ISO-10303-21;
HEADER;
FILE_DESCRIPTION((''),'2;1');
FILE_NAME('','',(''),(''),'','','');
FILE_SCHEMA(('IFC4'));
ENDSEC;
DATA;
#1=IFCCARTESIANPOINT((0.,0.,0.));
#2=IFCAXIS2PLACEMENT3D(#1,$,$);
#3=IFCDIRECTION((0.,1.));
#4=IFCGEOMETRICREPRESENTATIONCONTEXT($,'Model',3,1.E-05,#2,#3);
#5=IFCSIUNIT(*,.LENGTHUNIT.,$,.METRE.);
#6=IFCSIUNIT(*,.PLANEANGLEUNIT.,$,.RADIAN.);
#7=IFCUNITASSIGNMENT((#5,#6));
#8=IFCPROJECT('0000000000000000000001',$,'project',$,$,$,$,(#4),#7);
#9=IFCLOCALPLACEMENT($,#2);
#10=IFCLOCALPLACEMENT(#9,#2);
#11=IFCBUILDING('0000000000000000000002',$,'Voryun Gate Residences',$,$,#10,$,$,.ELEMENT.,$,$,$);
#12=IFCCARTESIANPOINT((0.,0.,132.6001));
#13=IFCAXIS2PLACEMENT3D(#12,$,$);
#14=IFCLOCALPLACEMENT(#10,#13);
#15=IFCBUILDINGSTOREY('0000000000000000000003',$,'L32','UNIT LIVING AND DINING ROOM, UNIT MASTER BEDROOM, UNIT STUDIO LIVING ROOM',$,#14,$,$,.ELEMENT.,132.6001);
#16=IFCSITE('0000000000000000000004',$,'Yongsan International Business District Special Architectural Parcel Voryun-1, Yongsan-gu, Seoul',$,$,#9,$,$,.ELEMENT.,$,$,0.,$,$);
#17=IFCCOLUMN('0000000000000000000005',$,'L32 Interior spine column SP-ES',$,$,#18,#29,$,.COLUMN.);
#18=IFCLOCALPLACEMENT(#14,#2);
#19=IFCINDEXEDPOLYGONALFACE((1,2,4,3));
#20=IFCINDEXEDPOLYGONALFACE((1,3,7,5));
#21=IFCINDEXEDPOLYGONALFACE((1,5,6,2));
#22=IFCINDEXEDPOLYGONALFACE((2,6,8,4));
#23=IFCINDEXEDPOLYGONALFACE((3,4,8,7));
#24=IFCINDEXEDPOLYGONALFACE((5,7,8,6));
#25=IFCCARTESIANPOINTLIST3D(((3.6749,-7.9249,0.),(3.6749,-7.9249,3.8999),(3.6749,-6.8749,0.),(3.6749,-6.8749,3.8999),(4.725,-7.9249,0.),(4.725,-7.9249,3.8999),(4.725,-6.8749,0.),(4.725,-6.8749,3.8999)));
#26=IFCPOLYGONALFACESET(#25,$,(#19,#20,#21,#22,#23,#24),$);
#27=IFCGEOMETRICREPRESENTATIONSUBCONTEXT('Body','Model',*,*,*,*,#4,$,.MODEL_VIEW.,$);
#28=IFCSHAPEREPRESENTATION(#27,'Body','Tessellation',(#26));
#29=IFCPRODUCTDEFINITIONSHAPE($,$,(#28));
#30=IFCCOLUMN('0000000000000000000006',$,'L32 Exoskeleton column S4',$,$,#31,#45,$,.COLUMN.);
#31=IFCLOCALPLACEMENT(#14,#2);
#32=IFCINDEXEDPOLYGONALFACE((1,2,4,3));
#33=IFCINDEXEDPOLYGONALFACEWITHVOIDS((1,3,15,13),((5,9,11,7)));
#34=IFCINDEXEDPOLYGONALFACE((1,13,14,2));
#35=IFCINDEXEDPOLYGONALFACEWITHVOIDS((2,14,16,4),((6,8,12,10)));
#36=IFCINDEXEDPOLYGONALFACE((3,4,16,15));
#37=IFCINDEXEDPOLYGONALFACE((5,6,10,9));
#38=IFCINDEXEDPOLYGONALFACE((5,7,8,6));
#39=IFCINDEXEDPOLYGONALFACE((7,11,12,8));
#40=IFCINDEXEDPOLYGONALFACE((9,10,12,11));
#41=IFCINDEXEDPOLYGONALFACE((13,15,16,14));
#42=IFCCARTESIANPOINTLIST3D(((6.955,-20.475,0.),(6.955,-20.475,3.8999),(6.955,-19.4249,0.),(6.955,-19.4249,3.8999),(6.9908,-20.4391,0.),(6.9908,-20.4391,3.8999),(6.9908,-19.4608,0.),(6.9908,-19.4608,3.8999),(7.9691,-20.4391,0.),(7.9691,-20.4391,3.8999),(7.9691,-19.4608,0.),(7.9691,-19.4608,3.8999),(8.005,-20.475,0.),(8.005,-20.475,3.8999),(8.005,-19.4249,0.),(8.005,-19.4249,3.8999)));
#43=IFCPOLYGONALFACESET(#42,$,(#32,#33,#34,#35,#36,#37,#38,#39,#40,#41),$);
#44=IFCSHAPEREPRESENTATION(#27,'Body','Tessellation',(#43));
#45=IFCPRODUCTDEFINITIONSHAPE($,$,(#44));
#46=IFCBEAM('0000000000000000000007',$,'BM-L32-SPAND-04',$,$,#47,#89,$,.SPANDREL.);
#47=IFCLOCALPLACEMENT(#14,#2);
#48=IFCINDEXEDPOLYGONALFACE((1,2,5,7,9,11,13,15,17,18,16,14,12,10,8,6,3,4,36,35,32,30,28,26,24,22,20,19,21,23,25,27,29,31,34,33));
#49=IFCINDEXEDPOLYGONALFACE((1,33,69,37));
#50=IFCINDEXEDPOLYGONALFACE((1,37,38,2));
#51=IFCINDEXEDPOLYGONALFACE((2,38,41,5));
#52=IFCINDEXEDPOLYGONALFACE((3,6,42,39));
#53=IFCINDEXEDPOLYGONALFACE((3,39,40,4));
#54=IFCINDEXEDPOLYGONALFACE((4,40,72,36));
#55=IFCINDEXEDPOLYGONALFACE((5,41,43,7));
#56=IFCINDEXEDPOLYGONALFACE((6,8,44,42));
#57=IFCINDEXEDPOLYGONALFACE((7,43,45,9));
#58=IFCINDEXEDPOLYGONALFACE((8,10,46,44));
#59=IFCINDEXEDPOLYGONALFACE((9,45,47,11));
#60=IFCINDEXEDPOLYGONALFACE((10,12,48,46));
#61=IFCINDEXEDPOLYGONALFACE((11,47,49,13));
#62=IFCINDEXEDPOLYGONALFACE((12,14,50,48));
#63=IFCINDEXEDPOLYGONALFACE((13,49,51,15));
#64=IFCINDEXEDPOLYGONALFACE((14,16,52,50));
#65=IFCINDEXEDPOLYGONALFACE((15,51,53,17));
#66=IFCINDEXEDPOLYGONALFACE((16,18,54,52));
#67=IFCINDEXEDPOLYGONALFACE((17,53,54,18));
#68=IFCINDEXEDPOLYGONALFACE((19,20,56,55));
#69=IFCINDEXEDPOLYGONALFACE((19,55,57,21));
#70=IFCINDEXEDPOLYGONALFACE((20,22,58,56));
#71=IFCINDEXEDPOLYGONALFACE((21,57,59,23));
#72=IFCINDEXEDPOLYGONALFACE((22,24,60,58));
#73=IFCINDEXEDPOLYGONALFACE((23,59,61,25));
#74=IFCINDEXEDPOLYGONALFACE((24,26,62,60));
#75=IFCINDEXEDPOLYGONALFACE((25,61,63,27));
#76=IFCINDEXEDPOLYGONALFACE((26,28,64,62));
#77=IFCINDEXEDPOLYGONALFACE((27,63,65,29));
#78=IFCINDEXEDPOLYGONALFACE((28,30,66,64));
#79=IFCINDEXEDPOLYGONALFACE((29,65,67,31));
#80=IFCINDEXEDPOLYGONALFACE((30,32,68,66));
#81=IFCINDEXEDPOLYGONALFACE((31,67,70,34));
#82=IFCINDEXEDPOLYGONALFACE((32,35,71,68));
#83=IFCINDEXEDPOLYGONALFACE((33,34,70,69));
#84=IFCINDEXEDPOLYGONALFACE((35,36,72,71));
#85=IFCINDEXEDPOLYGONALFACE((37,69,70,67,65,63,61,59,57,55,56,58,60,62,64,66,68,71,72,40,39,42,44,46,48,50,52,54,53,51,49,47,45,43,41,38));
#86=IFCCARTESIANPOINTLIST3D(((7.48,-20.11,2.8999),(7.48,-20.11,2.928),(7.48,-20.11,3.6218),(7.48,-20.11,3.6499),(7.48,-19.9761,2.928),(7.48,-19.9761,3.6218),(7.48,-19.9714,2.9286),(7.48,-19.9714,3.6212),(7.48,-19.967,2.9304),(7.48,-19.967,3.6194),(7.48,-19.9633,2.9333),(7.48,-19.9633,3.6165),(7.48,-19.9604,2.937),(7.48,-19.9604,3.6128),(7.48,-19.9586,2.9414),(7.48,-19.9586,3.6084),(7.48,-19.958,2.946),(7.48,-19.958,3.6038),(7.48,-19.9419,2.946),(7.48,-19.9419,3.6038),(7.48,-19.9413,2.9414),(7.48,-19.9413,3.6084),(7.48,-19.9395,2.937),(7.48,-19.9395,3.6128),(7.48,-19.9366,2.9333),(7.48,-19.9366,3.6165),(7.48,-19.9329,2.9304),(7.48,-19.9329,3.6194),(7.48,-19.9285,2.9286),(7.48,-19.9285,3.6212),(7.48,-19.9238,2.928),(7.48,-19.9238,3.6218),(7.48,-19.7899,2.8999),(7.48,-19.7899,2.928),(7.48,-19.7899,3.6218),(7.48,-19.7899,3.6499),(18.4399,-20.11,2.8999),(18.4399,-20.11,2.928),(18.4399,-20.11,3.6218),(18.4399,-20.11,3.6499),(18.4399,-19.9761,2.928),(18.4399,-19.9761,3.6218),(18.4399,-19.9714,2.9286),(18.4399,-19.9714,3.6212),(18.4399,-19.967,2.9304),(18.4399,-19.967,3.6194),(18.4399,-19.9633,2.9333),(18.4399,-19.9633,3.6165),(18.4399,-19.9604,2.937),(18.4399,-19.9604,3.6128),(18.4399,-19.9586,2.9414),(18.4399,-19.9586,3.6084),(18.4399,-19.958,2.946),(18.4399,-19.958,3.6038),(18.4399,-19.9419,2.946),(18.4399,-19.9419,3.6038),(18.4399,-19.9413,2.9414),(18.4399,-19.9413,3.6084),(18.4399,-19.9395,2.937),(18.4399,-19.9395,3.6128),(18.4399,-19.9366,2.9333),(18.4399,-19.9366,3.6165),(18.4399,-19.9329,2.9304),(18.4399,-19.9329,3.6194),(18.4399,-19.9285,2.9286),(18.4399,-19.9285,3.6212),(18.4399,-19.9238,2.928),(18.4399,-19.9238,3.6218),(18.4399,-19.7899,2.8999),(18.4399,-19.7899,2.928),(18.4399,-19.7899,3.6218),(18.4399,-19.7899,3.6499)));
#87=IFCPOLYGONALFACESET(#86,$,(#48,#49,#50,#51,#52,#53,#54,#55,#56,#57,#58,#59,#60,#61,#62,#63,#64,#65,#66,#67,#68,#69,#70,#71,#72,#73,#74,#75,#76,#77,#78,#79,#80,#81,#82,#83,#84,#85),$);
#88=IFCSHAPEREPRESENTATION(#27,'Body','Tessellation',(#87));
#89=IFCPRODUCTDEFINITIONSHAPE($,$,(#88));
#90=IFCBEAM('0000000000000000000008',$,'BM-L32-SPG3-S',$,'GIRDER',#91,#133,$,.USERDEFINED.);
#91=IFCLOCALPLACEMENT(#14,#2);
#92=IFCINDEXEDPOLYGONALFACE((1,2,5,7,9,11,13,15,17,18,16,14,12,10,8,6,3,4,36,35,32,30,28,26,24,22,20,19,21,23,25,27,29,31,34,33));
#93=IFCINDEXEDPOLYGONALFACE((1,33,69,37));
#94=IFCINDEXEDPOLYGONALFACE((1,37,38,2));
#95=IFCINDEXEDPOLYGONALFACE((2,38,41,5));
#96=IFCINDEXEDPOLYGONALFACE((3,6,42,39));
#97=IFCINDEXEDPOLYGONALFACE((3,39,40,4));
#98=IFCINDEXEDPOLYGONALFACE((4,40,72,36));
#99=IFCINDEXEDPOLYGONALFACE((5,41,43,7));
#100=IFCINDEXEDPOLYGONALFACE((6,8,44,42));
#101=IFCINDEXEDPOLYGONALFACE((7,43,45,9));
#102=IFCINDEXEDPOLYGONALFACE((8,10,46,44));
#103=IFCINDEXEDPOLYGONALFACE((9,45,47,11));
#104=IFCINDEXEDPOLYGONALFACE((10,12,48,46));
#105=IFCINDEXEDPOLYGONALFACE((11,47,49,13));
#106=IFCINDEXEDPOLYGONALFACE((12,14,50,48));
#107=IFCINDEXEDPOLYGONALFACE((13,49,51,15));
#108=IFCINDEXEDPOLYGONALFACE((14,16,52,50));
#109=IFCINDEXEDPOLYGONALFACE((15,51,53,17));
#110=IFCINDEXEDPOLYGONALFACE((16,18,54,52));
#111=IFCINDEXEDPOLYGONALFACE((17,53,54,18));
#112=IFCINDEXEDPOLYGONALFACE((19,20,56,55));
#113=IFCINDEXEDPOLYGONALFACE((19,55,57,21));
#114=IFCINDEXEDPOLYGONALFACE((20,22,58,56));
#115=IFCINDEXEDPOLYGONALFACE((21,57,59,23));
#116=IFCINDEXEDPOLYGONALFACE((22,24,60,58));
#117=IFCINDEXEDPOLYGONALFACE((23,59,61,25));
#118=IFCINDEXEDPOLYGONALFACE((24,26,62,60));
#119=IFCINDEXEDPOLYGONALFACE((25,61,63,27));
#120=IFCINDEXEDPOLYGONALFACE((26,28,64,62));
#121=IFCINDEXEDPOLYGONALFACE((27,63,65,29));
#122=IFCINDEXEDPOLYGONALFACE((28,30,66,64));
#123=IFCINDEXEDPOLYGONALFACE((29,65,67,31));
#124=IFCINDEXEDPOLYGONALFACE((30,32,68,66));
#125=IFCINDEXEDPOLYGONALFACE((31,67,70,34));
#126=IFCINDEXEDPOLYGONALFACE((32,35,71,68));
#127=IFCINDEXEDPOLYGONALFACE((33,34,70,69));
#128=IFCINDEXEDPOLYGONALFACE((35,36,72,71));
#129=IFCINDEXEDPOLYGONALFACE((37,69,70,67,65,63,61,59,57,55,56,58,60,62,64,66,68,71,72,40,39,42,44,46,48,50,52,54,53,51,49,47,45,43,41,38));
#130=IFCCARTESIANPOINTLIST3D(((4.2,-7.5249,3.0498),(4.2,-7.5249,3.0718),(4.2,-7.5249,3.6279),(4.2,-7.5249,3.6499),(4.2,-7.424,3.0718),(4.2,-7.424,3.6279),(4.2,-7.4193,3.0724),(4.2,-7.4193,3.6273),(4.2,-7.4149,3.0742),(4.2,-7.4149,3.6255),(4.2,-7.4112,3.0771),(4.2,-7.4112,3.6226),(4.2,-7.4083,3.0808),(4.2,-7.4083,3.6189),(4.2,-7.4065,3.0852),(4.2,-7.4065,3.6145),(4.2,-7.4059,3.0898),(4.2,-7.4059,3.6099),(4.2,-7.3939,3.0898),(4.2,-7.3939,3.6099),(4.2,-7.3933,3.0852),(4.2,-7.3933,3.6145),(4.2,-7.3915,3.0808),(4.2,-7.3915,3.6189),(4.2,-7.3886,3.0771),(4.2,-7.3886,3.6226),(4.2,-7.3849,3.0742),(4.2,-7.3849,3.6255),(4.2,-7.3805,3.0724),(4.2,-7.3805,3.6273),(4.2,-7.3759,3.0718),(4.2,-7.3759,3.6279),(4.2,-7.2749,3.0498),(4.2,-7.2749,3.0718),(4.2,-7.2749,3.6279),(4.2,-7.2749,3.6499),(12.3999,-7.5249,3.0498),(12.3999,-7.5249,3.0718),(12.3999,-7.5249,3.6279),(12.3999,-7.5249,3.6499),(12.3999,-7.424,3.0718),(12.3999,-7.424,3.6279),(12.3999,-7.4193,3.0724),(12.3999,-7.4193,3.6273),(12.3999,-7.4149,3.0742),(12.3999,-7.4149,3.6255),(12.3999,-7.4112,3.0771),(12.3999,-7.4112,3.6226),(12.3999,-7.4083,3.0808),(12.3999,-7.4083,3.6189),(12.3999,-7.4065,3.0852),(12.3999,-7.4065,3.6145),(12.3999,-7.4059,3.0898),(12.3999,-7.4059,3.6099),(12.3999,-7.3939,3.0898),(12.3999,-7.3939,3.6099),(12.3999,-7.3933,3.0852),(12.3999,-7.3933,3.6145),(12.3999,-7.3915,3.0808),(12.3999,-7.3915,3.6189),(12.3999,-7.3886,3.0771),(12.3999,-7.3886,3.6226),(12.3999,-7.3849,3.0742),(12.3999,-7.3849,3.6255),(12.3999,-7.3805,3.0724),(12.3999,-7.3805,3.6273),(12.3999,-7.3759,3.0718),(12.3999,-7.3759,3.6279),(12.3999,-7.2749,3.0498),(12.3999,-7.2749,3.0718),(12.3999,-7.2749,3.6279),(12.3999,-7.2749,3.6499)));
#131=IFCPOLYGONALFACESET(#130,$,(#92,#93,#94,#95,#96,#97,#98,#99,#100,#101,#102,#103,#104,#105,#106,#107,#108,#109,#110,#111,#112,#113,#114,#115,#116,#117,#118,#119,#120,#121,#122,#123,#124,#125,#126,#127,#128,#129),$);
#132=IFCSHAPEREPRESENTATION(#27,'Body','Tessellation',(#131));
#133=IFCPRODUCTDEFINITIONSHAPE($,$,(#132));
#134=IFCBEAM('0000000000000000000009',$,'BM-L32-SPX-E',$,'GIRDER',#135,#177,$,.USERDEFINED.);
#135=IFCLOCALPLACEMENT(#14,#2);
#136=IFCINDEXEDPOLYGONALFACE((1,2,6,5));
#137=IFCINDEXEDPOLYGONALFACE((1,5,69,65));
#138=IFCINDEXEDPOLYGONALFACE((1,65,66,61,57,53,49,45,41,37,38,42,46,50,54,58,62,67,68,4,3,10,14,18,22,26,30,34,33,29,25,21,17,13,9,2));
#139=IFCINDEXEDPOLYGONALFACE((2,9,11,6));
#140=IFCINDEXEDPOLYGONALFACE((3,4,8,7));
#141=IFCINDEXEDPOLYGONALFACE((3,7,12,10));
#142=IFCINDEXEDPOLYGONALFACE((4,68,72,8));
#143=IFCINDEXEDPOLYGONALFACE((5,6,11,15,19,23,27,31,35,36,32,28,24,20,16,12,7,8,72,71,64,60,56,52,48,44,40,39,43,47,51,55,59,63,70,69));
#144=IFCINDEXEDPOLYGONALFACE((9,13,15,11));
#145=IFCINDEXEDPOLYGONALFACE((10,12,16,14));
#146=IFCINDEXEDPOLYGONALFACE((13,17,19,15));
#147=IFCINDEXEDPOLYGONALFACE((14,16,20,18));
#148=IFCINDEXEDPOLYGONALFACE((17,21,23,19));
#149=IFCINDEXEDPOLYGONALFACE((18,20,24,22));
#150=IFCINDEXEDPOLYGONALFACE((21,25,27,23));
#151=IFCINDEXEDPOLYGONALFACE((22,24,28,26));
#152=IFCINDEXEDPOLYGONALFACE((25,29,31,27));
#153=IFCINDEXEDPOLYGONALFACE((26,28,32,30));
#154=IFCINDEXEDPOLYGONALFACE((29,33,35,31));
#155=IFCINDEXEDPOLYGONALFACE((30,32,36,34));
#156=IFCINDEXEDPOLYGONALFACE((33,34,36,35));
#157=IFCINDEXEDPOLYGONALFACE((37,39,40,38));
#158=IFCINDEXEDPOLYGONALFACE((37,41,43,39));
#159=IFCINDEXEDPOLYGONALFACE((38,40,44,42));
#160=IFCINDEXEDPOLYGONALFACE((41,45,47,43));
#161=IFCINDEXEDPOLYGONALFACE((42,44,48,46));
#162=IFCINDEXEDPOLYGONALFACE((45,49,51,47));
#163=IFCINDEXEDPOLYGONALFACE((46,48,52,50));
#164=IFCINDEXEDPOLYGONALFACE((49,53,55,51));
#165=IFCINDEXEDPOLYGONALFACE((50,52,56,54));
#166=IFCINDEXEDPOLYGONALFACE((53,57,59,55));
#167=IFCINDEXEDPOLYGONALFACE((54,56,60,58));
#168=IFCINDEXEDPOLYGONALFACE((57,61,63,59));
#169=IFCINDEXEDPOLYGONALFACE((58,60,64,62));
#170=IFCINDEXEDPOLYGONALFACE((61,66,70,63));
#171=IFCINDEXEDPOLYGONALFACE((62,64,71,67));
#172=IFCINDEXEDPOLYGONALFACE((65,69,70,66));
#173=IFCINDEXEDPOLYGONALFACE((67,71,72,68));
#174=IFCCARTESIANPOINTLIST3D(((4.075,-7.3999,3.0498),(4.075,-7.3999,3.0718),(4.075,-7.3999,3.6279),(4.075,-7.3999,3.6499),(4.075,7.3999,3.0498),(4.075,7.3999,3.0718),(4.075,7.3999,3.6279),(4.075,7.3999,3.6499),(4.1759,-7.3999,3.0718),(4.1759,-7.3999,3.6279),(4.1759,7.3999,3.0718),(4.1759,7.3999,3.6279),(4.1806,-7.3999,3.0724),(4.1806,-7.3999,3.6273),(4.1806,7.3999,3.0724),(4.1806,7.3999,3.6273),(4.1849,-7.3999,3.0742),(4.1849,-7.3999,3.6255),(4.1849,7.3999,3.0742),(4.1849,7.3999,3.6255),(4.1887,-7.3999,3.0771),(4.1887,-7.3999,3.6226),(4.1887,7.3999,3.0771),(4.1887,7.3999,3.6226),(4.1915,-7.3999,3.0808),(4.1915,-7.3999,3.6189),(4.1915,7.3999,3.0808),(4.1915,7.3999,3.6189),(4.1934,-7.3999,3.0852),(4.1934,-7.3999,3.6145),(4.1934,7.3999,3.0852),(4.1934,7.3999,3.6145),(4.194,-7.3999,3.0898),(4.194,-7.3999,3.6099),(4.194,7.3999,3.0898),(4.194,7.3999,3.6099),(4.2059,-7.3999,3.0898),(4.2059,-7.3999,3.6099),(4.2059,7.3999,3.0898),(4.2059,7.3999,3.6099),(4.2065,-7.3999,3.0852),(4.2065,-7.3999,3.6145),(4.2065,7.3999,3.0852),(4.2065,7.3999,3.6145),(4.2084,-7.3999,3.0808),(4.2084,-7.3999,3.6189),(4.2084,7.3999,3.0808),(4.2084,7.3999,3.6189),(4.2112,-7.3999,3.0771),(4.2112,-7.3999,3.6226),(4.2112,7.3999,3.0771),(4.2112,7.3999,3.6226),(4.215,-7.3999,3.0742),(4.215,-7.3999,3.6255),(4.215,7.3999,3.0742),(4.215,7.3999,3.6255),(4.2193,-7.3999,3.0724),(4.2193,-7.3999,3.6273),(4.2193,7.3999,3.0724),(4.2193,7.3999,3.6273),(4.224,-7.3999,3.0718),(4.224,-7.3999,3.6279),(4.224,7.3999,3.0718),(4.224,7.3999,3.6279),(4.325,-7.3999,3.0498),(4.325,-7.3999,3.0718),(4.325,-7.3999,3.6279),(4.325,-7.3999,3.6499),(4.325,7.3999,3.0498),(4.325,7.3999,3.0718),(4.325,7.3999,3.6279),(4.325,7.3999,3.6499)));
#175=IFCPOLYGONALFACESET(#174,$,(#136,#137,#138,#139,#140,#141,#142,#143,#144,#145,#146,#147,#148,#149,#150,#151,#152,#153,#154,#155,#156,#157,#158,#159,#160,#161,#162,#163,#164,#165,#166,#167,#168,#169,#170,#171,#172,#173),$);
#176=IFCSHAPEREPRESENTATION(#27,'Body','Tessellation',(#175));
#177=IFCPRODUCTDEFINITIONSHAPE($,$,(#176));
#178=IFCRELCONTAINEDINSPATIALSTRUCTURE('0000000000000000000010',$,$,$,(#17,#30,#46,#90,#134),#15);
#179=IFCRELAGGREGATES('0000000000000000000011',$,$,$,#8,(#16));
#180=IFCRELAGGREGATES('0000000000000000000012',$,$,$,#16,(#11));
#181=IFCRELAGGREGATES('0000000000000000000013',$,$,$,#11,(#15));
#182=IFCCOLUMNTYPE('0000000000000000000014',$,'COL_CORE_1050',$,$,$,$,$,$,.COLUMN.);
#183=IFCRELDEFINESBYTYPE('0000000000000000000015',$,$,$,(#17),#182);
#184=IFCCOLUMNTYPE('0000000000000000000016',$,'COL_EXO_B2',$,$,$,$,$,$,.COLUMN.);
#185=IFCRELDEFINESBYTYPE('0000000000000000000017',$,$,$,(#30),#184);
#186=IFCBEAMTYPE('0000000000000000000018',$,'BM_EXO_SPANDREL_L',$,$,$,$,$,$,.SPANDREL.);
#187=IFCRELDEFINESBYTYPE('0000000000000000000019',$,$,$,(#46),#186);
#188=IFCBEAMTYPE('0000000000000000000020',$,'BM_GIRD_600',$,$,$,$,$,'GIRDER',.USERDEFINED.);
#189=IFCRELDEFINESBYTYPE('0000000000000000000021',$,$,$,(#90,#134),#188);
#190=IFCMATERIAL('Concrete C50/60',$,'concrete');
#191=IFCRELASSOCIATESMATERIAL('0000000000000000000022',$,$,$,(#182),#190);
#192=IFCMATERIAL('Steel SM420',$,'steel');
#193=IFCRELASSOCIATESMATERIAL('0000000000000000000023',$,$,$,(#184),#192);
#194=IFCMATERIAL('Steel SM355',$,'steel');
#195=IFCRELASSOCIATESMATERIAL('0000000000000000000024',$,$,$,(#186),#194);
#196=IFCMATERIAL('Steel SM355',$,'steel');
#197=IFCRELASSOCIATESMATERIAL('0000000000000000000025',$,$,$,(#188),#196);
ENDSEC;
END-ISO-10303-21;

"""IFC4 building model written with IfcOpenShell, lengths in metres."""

from ifc_helpers import new_model, si_unit, direction, frame, origin, origin_2d, place, context, subcontext, project, spatial, rectangle, hollow_rectangle, i_section, extrude, material, material_profile, profile_set, type_object, element, save


model = new_model("IFC4")

# Units and contexts
model_context = context("Model", 3, precision=1e-05, world=origin(), true_north=direction((0.0, 1.0)))
body_context = subcontext(model_context, "Body", "Model", "MODEL_VIEW")
ifc_project = project(units=[si_unit("LENGTHUNIT", "METRE"), si_unit("PLANEANGLEUNIT", "RADIAN")], contexts=[model_context])

# Site, building, storey
site_placement = place(None, origin())
site = spatial("IfcSite", under=ifc_project, at=site_placement, Name="Yongsan International Business District Special Architectural Parcel Voryun-1, Yongsan-gu, Seoul", CompositionType="ELEMENT", RefElevation=0.0)
building_placement = place(site_placement, origin())
building = spatial("IfcBuilding", under=site, at=building_placement, Name="Voryun Gate Residences", CompositionType="ELEMENT")
storey_placement = place(building_placement, frame((0.0, 0.0, 132.6001)))
storey = spatial("IfcBuildingStorey", under=building, at=storey_placement, Name="L32", Description="UNIT LIVING AND DINING ROOM, UNIT MASTER BEDROOM, UNIT STUDIO LIVING ROOM", CompositionType="ELEMENT", Elevation=132.6001)

# Columns
ifc_material_1 = material(Name="Concrete C50/60", Category="concrete")
ifc_material_profile_1 = material_profile(ifc_material_1, rectangle(XDim=1.05, YDim=1.05, at=origin_2d()), Name="RC-1050x1050")
ifc_profile_set_1 = profile_set([ifc_material_profile_1], Name="Concrete C50/60")
column_type_1 = type_object("IfcColumnType", Name="COL_CORE_1050", PredefinedType="COLUMN", material=ifc_profile_set_1)
column_1_placement = place(storey_placement, frame((4.2, -7.3999, 0.0), z_axis=(0.0, 0.0, 1.0), x_axis=(1.0, 0.0, 0.0)))
element("IfcColumn", 1, at=column_1_placement, inside=storey, type_object=column_type_1, Name="L32 Interior spine column SP-ES", PredefinedType="COLUMN", context=body_context, shape_type="SweptSolid", body=[
    extrude(rectangle(XDim=1.05, YDim=1.05, at=origin_2d()), origin(), (0.0, 0.0, 1.0), 3.8999),
])
ifc_material_2 = material(Name="Steel SM420", Category="steel")
ifc_material_profile_2 = material_profile(ifc_material_2, hollow_rectangle(XDim=1.05, YDim=1.05, WallThickness=0.0359, at=origin_2d()), Name="BOX-1050x1050x36")
ifc_profile_set_2 = profile_set([ifc_material_profile_2], Name="Steel SM420")
column_type_2 = type_object("IfcColumnType", Name="COL_EXO_B2", PredefinedType="COLUMN", material=ifc_profile_set_2)
column_2_placement = place(storey_placement, frame((7.48, -19.95, 0.0), z_axis=(0.0, 0.0, 1.0), x_axis=(1.0, 0.0, 0.0)))
element("IfcColumn", 2, at=column_2_placement, inside=storey, type_object=column_type_2, Name="L32 Exoskeleton column S4", PredefinedType="COLUMN", context=body_context, shape_type="SweptSolid", body=[
    extrude(hollow_rectangle(XDim=1.05, YDim=1.05, WallThickness=0.0359, at=origin_2d()), origin(), (0.0, 0.0, 1.0), 3.8999),
])

# Beams
ifc_material_3 = material(Name="Steel SM355", Category="steel")
ifc_material_profile_3 = material_profile(ifc_material_3, i_section(OverallWidth=0.3201, OverallDepth=0.75, WebThickness=0.0161, FlangeThickness=0.0281, FilletRadius=0.0181, at=origin_2d()), Name="H-750x320x16x28")
ifc_profile_set_3 = profile_set([ifc_material_profile_3], Name="Steel SM355")
beam_type_1 = type_object("IfcBeamType", Name="BM_EXO_SPANDREL_L", PredefinedType="SPANDREL", material=ifc_profile_set_3)
beam_1_placement = place(storey_placement, frame((7.48, -19.95, 3.2749), z_axis=(1.0, 0.0, 0.0), x_axis=(0.0, 1.0, 0.0)))
element("IfcBeam", 3, at=beam_1_placement, inside=storey, type_object=beam_type_1, Name="BM-L32-SPAND-04", PredefinedType="SPANDREL", context=body_context, shape_type="SweptSolid", body=[
    extrude(i_section(OverallWidth=0.3201, OverallDepth=0.75, WebThickness=0.0161, FlangeThickness=0.0281, FilletRadius=0.0181, at=origin_2d()), origin(), (0.0, 0.0, 1.0), 10.96),
])
ifc_material_4 = material(Name="Steel SM355", Category="steel")
ifc_material_profile_4 = material_profile(ifc_material_4, i_section(OverallWidth=0.25, OverallDepth=0.6001, WebThickness=0.012, FlangeThickness=0.022, FilletRadius=0.0181, at=origin_2d()), Name="H-600x250x12x22")
ifc_profile_set_4 = profile_set([ifc_material_profile_4], Name="Steel SM355")
beam_type_2 = type_object("IfcBeamType", Name="BM_GIRD_600", ElementType="GIRDER", PredefinedType="USERDEFINED", material=ifc_profile_set_4)
beam_2_placement = place(storey_placement, frame((4.2, -7.3999, 3.3499), z_axis=(1.0, 0.0, 0.0), x_axis=(0.0, 1.0, 0.0)))
element("IfcBeam", 4, at=beam_2_placement, inside=storey, type_object=beam_type_2, Name="BM-L32-SPG3-S", ObjectType="GIRDER", PredefinedType="USERDEFINED", context=body_context, shape_type="SweptSolid", body=[
    extrude(i_section(OverallWidth=0.25, OverallDepth=0.6001, WebThickness=0.012, FlangeThickness=0.022, FilletRadius=0.0181, at=origin_2d()), origin(), (0.0, 0.0, 1.0), 8.2),
])
beam_3_placement = place(storey_placement, frame((4.2, -7.3999, 3.3499), z_axis=(0.0, 1.0, 0.0), x_axis=(-1.0, 0.0, 0.0)))
element("IfcBeam", 5, at=beam_3_placement, inside=storey, type_object=beam_type_2, Name="BM-L32-SPX-E", ObjectType="GIRDER", PredefinedType="USERDEFINED", context=body_context, shape_type="SweptSolid", body=[
    extrude(i_section(OverallWidth=0.25, OverallDepth=0.6001, WebThickness=0.012, FlangeThickness=0.022, FilletRadius=0.0181, at=origin_2d()), origin(), (0.0, 0.0, 1.0), 14.7998),
])

save(model, "model.ifc")
